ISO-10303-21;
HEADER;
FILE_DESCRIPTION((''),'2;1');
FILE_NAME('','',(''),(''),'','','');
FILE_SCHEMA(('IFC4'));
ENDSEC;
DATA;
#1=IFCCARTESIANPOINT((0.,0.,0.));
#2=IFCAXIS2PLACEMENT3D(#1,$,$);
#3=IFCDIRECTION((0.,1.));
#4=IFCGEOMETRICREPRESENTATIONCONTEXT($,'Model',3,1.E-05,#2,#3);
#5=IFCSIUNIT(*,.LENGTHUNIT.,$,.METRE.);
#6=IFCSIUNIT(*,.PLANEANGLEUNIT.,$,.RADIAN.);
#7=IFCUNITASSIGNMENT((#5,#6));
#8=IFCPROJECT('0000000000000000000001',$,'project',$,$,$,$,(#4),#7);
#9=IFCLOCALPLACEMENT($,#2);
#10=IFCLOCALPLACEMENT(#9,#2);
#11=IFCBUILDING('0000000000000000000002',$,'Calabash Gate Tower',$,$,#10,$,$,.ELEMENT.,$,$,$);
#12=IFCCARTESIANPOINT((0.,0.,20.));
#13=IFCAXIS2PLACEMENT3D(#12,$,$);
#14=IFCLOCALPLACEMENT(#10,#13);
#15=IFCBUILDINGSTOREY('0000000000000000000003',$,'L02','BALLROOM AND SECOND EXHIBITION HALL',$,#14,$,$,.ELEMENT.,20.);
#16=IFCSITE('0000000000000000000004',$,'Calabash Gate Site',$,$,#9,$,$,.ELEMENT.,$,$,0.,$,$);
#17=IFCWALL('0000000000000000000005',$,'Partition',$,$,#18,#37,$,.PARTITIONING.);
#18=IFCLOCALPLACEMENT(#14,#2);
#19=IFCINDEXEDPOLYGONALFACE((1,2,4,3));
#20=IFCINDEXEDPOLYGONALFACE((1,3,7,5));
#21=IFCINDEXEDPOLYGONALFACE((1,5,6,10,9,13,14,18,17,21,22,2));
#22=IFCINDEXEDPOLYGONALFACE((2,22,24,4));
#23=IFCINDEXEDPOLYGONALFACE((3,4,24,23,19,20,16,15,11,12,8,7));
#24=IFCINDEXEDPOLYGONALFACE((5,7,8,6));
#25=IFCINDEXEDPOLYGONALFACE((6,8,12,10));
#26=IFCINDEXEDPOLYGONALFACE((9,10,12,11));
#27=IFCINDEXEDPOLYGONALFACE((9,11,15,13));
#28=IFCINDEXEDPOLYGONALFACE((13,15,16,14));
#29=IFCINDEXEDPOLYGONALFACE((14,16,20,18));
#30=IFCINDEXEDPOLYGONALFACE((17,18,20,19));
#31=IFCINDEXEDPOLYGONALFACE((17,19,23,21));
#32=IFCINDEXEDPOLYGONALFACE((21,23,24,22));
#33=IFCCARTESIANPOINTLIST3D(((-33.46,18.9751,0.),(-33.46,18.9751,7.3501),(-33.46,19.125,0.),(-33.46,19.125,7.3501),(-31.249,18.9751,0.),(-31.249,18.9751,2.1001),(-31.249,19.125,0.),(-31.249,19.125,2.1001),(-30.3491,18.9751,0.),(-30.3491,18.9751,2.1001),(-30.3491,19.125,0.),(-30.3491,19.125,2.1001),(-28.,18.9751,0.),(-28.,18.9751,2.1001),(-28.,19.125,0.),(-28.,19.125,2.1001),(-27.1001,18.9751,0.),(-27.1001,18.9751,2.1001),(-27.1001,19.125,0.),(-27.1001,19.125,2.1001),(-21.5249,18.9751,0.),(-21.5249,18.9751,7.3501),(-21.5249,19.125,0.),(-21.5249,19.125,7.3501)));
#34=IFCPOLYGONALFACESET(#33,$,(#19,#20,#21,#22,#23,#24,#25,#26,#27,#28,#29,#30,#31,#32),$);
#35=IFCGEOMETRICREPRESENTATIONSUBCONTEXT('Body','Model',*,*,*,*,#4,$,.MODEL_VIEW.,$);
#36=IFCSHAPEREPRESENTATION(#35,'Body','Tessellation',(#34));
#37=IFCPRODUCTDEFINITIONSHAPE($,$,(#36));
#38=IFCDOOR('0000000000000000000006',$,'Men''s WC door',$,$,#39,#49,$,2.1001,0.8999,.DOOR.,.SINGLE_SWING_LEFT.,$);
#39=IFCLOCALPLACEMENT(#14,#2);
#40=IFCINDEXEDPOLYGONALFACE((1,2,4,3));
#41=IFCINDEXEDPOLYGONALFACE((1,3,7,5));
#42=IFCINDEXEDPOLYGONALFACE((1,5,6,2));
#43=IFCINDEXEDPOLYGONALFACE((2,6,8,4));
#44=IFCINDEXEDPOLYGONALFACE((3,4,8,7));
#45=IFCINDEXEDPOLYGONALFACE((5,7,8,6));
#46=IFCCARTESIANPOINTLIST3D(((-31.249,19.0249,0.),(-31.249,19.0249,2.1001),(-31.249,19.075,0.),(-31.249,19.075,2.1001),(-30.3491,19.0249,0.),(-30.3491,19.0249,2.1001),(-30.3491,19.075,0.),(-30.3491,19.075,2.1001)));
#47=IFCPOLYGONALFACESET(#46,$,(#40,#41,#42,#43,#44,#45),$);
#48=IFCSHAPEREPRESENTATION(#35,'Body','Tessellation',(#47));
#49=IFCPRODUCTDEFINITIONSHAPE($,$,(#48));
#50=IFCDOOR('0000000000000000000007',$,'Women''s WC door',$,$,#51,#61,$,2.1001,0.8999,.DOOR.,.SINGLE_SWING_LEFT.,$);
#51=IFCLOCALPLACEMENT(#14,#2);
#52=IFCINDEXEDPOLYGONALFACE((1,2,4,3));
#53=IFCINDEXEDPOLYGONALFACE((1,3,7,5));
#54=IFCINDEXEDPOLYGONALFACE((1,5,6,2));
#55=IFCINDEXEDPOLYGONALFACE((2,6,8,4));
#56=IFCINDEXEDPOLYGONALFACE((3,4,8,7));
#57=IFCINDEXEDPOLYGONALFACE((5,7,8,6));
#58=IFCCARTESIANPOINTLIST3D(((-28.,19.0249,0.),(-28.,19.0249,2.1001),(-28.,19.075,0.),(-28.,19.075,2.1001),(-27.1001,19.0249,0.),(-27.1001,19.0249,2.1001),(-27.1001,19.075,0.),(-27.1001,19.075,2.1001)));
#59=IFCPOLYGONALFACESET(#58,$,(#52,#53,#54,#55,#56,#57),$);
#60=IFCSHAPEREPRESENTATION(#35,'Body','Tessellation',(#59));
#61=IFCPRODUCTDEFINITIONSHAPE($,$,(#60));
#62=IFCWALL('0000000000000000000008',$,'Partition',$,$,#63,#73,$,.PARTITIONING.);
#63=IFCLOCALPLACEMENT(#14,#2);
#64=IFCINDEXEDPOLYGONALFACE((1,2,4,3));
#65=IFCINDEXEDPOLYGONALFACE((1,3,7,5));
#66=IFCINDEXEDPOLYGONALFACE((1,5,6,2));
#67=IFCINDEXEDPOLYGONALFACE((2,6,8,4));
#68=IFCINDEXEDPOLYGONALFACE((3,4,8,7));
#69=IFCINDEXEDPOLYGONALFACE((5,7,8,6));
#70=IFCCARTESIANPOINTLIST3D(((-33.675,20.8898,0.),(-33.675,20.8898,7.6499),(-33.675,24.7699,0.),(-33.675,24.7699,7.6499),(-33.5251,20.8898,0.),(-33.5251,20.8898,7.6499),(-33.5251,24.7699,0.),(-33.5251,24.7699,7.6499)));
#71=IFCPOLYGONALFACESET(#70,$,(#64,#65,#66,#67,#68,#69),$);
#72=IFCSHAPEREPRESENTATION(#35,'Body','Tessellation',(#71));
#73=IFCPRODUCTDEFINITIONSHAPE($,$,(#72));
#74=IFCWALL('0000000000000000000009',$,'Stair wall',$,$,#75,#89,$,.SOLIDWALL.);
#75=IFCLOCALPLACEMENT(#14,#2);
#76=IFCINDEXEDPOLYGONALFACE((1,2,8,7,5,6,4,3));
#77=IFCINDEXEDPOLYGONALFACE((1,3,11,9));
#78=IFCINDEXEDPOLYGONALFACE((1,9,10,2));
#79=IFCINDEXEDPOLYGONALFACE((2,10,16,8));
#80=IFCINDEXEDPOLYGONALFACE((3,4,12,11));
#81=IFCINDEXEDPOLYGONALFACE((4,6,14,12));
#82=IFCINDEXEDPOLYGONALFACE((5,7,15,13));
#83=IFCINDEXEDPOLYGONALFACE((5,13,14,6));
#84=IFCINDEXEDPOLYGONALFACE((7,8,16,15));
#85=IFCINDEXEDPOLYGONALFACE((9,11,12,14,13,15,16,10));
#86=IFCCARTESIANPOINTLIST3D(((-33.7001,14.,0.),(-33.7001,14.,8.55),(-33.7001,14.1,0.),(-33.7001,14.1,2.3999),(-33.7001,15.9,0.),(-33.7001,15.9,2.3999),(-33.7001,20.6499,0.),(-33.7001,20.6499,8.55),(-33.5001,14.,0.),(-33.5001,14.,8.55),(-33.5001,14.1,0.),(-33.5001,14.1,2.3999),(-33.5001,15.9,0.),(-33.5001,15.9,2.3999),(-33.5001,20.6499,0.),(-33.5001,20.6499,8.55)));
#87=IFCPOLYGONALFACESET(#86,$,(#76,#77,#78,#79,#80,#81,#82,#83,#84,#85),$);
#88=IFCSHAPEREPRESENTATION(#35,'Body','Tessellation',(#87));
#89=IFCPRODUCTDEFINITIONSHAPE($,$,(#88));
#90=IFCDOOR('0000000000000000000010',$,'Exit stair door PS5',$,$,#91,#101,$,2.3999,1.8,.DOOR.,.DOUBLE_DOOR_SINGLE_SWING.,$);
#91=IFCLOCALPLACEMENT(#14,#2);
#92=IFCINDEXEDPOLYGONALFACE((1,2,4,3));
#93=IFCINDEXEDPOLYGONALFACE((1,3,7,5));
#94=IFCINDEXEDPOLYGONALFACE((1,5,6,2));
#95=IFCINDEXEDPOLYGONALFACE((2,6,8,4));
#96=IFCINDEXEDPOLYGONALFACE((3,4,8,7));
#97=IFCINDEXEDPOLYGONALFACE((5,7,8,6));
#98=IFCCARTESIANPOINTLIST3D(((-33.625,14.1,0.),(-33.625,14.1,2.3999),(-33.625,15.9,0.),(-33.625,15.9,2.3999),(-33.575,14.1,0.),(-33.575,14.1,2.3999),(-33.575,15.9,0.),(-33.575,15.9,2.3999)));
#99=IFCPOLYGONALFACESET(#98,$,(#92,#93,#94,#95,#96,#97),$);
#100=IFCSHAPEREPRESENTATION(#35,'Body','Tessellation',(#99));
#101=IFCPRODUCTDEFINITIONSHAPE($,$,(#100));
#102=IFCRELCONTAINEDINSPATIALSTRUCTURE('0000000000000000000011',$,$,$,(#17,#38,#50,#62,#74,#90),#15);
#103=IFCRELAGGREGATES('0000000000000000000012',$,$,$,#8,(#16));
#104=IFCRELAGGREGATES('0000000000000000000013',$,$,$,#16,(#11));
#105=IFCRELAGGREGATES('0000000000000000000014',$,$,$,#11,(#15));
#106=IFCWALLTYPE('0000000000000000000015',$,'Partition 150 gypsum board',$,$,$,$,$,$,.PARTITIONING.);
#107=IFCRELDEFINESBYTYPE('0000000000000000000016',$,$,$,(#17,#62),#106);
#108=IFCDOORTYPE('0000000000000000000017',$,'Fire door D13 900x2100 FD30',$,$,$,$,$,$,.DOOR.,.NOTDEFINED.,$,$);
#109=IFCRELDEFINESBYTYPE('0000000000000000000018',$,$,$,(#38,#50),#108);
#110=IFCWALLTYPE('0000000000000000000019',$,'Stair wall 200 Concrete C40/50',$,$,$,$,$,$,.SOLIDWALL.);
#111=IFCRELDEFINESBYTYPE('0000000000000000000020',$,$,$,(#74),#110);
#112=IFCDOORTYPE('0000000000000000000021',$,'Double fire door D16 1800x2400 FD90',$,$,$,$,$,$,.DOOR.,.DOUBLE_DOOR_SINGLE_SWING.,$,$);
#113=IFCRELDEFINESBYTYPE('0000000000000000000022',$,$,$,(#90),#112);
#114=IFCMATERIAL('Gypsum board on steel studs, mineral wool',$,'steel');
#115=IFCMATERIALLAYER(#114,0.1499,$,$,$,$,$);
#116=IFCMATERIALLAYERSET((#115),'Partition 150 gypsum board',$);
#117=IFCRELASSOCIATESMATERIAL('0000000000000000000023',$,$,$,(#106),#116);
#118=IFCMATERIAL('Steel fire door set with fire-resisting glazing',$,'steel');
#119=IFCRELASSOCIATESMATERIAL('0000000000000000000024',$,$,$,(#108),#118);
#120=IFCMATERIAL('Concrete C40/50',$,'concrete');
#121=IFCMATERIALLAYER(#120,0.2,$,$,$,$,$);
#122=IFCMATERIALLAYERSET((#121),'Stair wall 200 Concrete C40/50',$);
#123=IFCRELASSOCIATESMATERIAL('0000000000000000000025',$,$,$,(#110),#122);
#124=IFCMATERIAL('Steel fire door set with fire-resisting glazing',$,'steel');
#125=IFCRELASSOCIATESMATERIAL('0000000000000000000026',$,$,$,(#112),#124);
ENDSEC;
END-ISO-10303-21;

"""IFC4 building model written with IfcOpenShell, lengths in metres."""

from ifc_helpers import new_model, si_unit, direction, frame, frame_2d, origin, place, context, subcontext, project, spatial, rectangle, extrude, material, layer, layer_set, type_object, element, fill, save


model = new_model("IFC4")

# Units and contexts
model_context = context("Model", 3, precision=1e-05, world=origin(), true_north=direction((0.0, 1.0)))
body_context = subcontext(model_context, "Body", "Model", "MODEL_VIEW")
ifc_project = project(units=[si_unit("LENGTHUNIT", "METRE"), si_unit("PLANEANGLEUNIT", "RADIAN")], contexts=[model_context])

# Site, building, storey
site_placement = place(None, origin())
site = spatial("IfcSite", under=ifc_project, at=site_placement, Name="Calabash Gate Site", CompositionType="ELEMENT", RefElevation=0.0)
building_placement = place(site_placement, origin())
building = spatial("IfcBuilding", under=site, at=building_placement, Name="Calabash Gate Tower", CompositionType="ELEMENT")
storey_placement = place(building_placement, frame((0.0, 0.0, 20.0)))
storey = spatial("IfcBuildingStorey", under=building, at=storey_placement, Name="L02", Description="BALLROOM AND SECOND EXHIBITION HALL", CompositionType="ELEMENT", Elevation=20.0)

# Wall, openings, doors
ifc_material_1 = material(Name="Gypsum board on steel studs, mineral wool", Category="steel")
ifc_layer_1 = layer(ifc_material_1, 0.1499)
ifc_layer_set_1 = layer_set([ifc_layer_1], Name="Partition 150 gypsum board")
wall_type_1 = type_object("IfcWallType", Name="Partition 150 gypsum board", PredefinedType="PARTITIONING", material=ifc_layer_set_1)
wall_1_placement = place(storey_placement, frame((-33.46, 19.05, 0.0), z_axis=(0.0, 0.0, 1.0), x_axis=(1.0, 0.0, 0.0)))
wall_1 = element("IfcWall", 1, at=wall_1_placement, inside=storey, type_object=wall_type_1, Name="Partition", PredefinedType="PARTITIONING", context=body_context, shape_type="SweptSolid", body=[
    extrude(rectangle(XDim=11.9351, YDim=0.1499, at=frame_2d((5.9675, 0.0))), origin(), (0.0, 0.0, 1.0), 7.3501),
])
opening_1_placement = place(wall_1_placement, frame((2.2109, 0.0, 0.0)))
opening_1 = element("IfcOpeningElement", 2, at=opening_1_placement, cuts=wall_1, PredefinedType="OPENING", context=body_context, shape_type="SweptSolid", body=[
    extrude(rectangle(XDim=0.8999, YDim=2.1001, at=frame_2d((0.45, 1.05))), frame((0.0, 0.085, 0.0), z_axis=(0.0, -1.0, 0.0), x_axis=(1.0, 0.0, 0.0)), (0.0, 0.0, 1.0), 0.1699),
])
opening_2_placement = place(wall_1_placement, frame((5.46, 0.0, 0.0)))
opening_2 = element("IfcOpeningElement", 3, at=opening_2_placement, cuts=wall_1, PredefinedType="OPENING", context=body_context, shape_type="SweptSolid", body=[
    extrude(rectangle(XDim=0.8999, YDim=2.1001, at=frame_2d((0.45, 1.05))), frame((0.0, 0.085, 0.0), z_axis=(0.0, -1.0, 0.0), x_axis=(1.0, 0.0, 0.0)), (0.0, 0.0, 1.0), 0.1699),
])
ifc_material_2 = material(Name="Steel fire door set with fire-resisting glazing", Category="steel")
door_type_1 = type_object("IfcDoorType", Name="Fire door D13 900x2100 FD30", OperationType="NOTDEFINED", PredefinedType="DOOR", material=ifc_material_2)
door_1_placement = place(opening_1_placement, origin())
door_1 = element("IfcDoor", 4, at=door_1_placement, inside=storey, type_object=door_type_1, Name="Men's WC door", OperationType="SINGLE_SWING_LEFT", OverallHeight=2.1001, OverallWidth=0.8999, PredefinedType="DOOR", context=body_context, shape_type="SweptSolid", body=[
    extrude(rectangle(XDim=0.8999, YDim=2.1001, at=frame_2d((0.45, 1.05))), frame((0.0, 0.0249, 0.0), z_axis=(0.0, -1.0, 0.0), x_axis=(1.0, 0.0, 0.0)), (0.0, 0.0, 1.0), 0.05),
])
fill(opening_1, door_1)
door_2_placement = place(opening_2_placement, origin())
door_2 = element("IfcDoor", 5, at=door_2_placement, inside=storey, type_object=door_type_1, Name="Women's WC door", OperationType="SINGLE_SWING_LEFT", OverallHeight=2.1001, OverallWidth=0.8999, PredefinedType="DOOR", context=body_context, shape_type="SweptSolid", body=[
    extrude(rectangle(XDim=0.8999, YDim=2.1001, at=frame_2d((0.45, 1.05))), frame((0.0, 0.0249, 0.0), z_axis=(0.0, -1.0, 0.0), x_axis=(1.0, 0.0, 0.0)), (0.0, 0.0, 1.0), 0.05),
])
fill(opening_2, door_2)

# Wall
wall_2_placement = place(storey_placement, frame((-33.6001, 20.8899, 0.0), z_axis=(0.0, 0.0, 1.0), x_axis=(0.0, 1.0, 0.0)))
element("IfcWall", 6, at=wall_2_placement, inside=storey, type_object=wall_type_1, Name="Partition", PredefinedType="PARTITIONING", context=body_context, shape_type="SweptSolid", body=[
    extrude(rectangle(XDim=3.8801, YDim=0.1499, at=frame_2d((1.9399, 0.0))), origin(), (0.0, 0.0, 1.0), 7.6499),
])

# Wall, opening, door
ifc_material_3 = material(Name="Concrete C40/50", Category="concrete")
ifc_layer_2 = layer(ifc_material_3, 0.2)
ifc_layer_set_2 = layer_set([ifc_layer_2], Name="Stair wall 200 Concrete C40/50")
wall_type_2 = type_object("IfcWallType", Name="Stair wall 200 Concrete C40/50", PredefinedType="SOLIDWALL", material=ifc_layer_set_2)
wall_3_placement = place(storey_placement, frame((-33.6001, 14.0, 0.0), z_axis=(0.0, 0.0, 1.0), x_axis=(0.0, 1.0, 0.0)))
wall_3 = element("IfcWall", 7, at=wall_3_placement, inside=storey, type_object=wall_type_2, Name="Stair wall", PredefinedType="SOLIDWALL", context=body_context, shape_type="SweptSolid", body=[
    extrude(rectangle(XDim=6.6499, YDim=0.2, at=frame_2d((3.325, 0.0))), origin(), (0.0, 0.0, 1.0), 8.55),
])
opening_3_placement = place(wall_3_placement, frame((0.1001, 0.0, 0.0)))
opening_3 = element("IfcOpeningElement", 8, at=opening_3_placement, cuts=wall_3, PredefinedType="OPENING", context=body_context, shape_type="SweptSolid", body=[
    extrude(rectangle(XDim=1.8, YDim=2.3999, at=frame_2d((0.8999, 1.2))), frame((0.0, 0.1099, 0.0), z_axis=(0.0, -1.0, 0.0), x_axis=(1.0, 0.0, 0.0)), (0.0, 0.0, 1.0), 0.22),
])
ifc_material_4 = material(Name="Steel fire door set with fire-resisting glazing", Category="steel")
door_type_2 = type_object("IfcDoorType", Name="Double fire door D16 1800x2400 FD90", OperationType="DOUBLE_DOOR_SINGLE_SWING", PredefinedType="DOOR", material=ifc_material_4)
door_3_placement = place(opening_3_placement, origin())
door_3 = element("IfcDoor", 9, at=door_3_placement, inside=storey, type_object=door_type_2, Name="Exit stair door PS5", OperationType="DOUBLE_DOOR_SINGLE_SWING", OverallHeight=2.3999, OverallWidth=1.8, PredefinedType="DOOR", context=body_context, shape_type="SweptSolid", body=[
    extrude(rectangle(XDim=1.8, YDim=2.3999, at=frame_2d((0.8999, 1.2))), frame((0.0, 0.0249, 0.0), z_axis=(0.0, -1.0, 0.0), x_axis=(1.0, 0.0, 0.0)), (0.0, 0.0, 1.0), 0.05),
])
fill(opening_3, door_3)

save(model, "model.ifc")
